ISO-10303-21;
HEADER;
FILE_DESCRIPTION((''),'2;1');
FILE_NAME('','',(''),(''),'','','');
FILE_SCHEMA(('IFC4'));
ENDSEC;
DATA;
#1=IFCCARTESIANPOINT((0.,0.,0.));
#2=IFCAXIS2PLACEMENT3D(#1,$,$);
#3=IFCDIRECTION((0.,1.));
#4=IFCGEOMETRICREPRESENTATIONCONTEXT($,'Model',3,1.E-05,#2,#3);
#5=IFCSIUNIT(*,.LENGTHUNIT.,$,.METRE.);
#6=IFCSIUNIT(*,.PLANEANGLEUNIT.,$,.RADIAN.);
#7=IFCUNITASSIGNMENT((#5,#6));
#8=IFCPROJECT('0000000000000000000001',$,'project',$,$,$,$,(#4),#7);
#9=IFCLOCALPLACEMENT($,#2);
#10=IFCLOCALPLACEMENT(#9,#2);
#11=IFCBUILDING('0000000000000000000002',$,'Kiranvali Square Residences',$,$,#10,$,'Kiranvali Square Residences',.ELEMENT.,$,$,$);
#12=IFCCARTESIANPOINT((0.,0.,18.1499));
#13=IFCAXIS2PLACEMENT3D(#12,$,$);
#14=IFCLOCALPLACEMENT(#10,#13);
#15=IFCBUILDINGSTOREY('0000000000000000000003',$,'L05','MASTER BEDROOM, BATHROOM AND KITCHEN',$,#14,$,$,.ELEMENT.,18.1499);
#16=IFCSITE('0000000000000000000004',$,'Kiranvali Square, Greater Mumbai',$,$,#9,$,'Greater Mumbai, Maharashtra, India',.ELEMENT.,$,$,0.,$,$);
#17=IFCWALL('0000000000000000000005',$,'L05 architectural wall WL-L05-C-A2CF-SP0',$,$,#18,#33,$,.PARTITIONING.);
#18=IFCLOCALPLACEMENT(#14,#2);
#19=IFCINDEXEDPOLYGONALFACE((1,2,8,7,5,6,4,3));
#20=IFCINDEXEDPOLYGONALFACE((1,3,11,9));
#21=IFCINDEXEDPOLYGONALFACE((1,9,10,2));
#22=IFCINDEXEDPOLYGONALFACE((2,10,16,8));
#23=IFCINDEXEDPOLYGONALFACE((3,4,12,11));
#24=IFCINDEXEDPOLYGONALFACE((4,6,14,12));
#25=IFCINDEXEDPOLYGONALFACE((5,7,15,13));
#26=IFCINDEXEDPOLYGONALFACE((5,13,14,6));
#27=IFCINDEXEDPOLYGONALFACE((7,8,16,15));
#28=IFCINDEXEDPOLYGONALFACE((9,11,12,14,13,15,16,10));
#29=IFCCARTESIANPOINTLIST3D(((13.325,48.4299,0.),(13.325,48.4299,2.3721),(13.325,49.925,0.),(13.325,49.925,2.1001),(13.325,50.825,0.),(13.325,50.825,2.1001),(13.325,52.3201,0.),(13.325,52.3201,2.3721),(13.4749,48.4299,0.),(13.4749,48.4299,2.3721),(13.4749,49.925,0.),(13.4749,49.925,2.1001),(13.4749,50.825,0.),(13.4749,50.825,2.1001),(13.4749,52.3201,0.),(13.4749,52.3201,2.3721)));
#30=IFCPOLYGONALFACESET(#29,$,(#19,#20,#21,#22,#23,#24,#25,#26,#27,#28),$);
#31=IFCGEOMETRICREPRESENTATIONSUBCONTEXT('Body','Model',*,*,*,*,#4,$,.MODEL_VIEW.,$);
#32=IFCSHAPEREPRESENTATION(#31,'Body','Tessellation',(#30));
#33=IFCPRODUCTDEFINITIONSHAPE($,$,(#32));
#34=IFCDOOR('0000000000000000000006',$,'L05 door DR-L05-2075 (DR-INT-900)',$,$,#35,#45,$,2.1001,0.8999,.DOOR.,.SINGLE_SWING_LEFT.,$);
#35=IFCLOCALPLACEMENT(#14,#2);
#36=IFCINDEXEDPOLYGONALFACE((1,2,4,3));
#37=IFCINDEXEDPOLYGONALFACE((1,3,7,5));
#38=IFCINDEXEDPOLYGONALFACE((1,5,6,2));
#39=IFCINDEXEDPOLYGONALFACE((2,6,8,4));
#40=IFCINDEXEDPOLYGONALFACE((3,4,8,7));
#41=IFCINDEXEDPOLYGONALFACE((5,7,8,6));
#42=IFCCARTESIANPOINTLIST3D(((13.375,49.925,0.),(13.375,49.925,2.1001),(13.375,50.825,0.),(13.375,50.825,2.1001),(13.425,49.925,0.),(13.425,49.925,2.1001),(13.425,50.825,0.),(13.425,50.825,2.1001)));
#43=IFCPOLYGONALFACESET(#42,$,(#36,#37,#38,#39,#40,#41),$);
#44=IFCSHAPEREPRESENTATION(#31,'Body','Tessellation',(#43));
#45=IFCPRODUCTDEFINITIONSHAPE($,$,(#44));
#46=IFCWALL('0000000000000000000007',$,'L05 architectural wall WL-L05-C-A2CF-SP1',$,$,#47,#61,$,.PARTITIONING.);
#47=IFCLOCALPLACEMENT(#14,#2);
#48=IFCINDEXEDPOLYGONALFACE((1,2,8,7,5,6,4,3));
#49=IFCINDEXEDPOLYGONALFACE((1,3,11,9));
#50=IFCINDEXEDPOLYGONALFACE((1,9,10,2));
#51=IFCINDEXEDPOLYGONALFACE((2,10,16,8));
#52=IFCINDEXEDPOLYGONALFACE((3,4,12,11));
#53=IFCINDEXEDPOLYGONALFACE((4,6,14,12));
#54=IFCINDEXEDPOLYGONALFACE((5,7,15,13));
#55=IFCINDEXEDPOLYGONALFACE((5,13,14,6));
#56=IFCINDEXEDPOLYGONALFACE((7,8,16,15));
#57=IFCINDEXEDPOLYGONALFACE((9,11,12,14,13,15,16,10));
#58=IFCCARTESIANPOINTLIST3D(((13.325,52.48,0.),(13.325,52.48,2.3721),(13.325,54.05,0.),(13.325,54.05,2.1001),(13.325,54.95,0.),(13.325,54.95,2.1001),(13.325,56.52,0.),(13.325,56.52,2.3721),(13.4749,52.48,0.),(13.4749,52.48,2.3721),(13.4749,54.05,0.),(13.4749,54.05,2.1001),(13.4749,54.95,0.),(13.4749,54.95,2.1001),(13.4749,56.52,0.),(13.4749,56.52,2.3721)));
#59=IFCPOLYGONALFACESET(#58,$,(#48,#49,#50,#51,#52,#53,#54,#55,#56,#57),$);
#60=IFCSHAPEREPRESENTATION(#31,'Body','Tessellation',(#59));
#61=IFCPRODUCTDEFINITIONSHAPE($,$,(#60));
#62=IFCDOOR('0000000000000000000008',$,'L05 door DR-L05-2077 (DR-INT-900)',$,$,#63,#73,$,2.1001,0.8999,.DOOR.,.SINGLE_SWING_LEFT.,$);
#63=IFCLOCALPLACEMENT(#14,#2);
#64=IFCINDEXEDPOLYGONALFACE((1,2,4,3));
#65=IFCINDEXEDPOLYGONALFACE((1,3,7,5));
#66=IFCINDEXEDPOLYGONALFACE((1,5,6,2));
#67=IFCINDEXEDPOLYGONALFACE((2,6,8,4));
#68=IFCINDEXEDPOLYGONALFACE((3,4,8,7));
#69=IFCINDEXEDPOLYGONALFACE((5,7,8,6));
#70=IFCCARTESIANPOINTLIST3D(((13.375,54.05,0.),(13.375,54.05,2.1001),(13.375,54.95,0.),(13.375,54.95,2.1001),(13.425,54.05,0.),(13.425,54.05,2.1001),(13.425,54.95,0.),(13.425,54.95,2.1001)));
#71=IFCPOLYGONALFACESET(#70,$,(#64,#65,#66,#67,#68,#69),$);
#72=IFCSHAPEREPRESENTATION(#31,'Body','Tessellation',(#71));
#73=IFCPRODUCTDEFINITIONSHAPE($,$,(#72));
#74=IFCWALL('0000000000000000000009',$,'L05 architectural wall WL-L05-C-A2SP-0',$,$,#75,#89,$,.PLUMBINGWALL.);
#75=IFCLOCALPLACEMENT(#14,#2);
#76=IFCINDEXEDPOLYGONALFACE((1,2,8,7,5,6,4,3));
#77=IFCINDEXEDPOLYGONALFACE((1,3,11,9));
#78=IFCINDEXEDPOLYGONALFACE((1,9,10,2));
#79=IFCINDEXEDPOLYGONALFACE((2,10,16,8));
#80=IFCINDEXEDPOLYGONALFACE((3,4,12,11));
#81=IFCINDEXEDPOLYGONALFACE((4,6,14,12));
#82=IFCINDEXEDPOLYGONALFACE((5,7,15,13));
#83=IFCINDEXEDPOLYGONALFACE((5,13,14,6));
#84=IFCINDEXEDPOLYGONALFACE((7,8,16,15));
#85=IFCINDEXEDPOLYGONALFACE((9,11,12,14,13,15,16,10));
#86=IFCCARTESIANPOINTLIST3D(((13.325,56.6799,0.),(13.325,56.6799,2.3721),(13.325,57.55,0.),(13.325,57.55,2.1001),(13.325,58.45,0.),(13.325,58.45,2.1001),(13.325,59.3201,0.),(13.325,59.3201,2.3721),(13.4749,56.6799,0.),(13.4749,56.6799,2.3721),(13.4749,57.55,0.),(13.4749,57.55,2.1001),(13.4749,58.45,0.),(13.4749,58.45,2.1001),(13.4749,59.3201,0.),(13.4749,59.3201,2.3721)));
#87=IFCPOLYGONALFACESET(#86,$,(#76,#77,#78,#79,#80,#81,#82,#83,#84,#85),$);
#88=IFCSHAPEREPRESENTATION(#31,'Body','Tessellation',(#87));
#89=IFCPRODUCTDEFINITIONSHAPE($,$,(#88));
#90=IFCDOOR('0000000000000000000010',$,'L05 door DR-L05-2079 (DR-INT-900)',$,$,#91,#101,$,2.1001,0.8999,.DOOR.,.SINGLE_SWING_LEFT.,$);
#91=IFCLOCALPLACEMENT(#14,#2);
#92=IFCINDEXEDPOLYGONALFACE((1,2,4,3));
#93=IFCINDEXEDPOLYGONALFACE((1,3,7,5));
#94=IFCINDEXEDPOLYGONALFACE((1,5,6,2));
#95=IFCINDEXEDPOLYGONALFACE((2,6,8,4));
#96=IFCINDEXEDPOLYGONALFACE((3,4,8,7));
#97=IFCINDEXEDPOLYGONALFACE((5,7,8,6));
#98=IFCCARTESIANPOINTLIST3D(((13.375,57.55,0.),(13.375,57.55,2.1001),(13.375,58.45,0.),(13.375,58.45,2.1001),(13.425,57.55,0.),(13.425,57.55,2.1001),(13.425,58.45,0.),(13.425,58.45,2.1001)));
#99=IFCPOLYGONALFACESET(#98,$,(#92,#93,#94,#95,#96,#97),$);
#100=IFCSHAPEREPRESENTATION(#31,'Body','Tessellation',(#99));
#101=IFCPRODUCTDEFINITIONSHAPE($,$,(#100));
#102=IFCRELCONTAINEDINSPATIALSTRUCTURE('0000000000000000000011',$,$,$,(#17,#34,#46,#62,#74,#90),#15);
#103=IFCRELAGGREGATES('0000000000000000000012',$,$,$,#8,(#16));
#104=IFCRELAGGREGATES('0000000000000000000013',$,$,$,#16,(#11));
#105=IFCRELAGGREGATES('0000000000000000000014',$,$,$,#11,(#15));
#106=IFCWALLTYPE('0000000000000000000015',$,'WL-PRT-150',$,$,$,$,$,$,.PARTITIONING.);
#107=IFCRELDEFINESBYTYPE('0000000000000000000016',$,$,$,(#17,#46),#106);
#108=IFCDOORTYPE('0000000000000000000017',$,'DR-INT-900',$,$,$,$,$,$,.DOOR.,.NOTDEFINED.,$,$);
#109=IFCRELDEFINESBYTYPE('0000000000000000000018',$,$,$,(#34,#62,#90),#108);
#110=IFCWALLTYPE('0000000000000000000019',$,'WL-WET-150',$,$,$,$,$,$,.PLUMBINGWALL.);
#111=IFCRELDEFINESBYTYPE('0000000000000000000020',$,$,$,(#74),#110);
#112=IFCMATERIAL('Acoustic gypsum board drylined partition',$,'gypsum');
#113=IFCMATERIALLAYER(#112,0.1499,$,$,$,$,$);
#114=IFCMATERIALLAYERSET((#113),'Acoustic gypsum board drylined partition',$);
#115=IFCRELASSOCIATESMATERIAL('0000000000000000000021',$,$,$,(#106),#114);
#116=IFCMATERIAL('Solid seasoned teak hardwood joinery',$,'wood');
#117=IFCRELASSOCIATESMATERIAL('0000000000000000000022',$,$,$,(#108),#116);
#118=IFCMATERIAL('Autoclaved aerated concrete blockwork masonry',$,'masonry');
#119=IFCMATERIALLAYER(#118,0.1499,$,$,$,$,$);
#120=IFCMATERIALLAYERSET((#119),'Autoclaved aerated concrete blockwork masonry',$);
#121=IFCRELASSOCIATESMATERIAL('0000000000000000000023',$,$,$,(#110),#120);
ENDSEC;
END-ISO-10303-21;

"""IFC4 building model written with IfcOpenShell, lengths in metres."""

from ifc_helpers import new_model, si_unit, direction, frame, frame_2d, origin, place, context, subcontext, project, spatial, rectangle, extrude, material, layer, layer_set, type_object, element, fill, save


model = new_model("IFC4")

# Units and contexts
model_context = context("Model", 3, precision=1e-05, world=origin(), true_north=direction((0.0, 1.0)))
body_context = subcontext(model_context, "Body", "Model", "MODEL_VIEW")
ifc_project = project(units=[si_unit("LENGTHUNIT", "METRE"), si_unit("PLANEANGLEUNIT", "RADIAN")], contexts=[model_context])

# Site, building, storey
site_placement = place(None, origin())
site = spatial("IfcSite", under=ifc_project, at=site_placement, Name="Kiranvali Square, Greater Mumbai", LongName="Greater Mumbai, Maharashtra, India", CompositionType="ELEMENT", RefElevation=0.0)
building_placement = place(site_placement, origin())
building = spatial("IfcBuilding", under=site, at=building_placement, Name="Kiranvali Square Residences", LongName="Kiranvali Square Residences", CompositionType="ELEMENT")
storey_placement = place(building_placement, frame((0.0, 0.0, 18.1499)))
storey = spatial("IfcBuildingStorey", under=building, at=storey_placement, Name="L05", Description="MASTER BEDROOM, BATHROOM AND KITCHEN", CompositionType="ELEMENT", Elevation=18.1499)

# Walls, openings, doors
ifc_material_1 = material(Name="Acoustic gypsum board drylined partition", Category="gypsum")
ifc_layer_1 = layer(ifc_material_1, 0.1499)
ifc_layer_set_1 = layer_set([ifc_layer_1], Name="Acoustic gypsum board drylined partition")
wall_type_1 = type_object("IfcWallType", Name="WL-PRT-150", PredefinedType="PARTITIONING", material=ifc_layer_set_1)
wall_1_placement = place(storey_placement, frame((13.3999, 48.4299, 0.0), z_axis=(0.0, 0.0, 1.0), x_axis=(0.0, 1.0, 0.0)))
wall_1 = element("IfcWall", 1, at=wall_1_placement, inside=storey, type_object=wall_type_1, Name="L05 architectural wall WL-L05-C-A2CF-SP0", PredefinedType="PARTITIONING", context=body_context, shape_type="SweptSolid", body=[
    extrude(rectangle(XDim=3.8901, YDim=0.1499, at=frame_2d((1.9451, 0.0))), origin(), (0.0, 0.0, 1.0), 2.3721),
])
opening_1_placement = place(wall_1_placement, frame((1.4951, 0.0, 0.0)))
opening_1 = element("IfcOpeningElement", 2, at=opening_1_placement, cuts=wall_1, PredefinedType="OPENING", context=body_context, shape_type="SweptSolid", body=[
    extrude(rectangle(XDim=0.8999, YDim=2.1001, at=frame_2d((0.45, 1.05))), frame((0.0, 0.085, 0.0), z_axis=(0.0, -1.0, 0.0), x_axis=(1.0, 0.0, 0.0)), (0.0, 0.0, 1.0), 0.1699),
])
ifc_material_2 = material(Name="Solid seasoned teak hardwood joinery", Category="wood")
door_type = type_object("IfcDoorType", Name="DR-INT-900", OperationType="NOTDEFINED", PredefinedType="DOOR", material=ifc_material_2)
door_1_placement = place(opening_1_placement, origin())
door_1 = element("IfcDoor", 3, at=door_1_placement, inside=storey, type_object=door_type, Name="L05 door DR-L05-2075 (DR-INT-900)", OperationType="SINGLE_SWING_LEFT", OverallHeight=2.1001, OverallWidth=0.8999, PredefinedType="DOOR", context=body_context, shape_type="SweptSolid", body=[
    extrude(rectangle(XDim=0.8999, YDim=2.1001, at=frame_2d((0.45, 1.05))), frame((0.0, 0.0249, 0.0), z_axis=(0.0, -1.0, 0.0), x_axis=(1.0, 0.0, 0.0)), (0.0, 0.0, 1.0), 0.05),
])
fill(opening_1, door_1)
wall_2_placement = place(storey_placement, frame((13.3999, 52.48, 0.0), z_axis=(0.0, 0.0, 1.0), x_axis=(0.0, 1.0, 0.0)))
wall_2 = element("IfcWall", 4, at=wall_2_placement, inside=storey, type_object=wall_type_1, Name="L05 architectural wall WL-L05-C-A2CF-SP1", PredefinedType="PARTITIONING", context=body_context, shape_type="SweptSolid", body=[
    extrude(rectangle(XDim=4.04, YDim=0.1499, at=frame_2d((2.02, 0.0))), origin(), (0.0, 0.0, 1.0), 2.3721),
])
opening_2_placement = place(wall_2_placement, frame((1.5701, 0.0, 0.0)))
opening_2 = element("IfcOpeningElement", 5, at=opening_2_placement, cuts=wall_2, PredefinedType="OPENING", context=body_context, shape_type="SweptSolid", body=[
    extrude(rectangle(XDim=0.8999, YDim=2.1001, at=frame_2d((0.45, 1.05))), frame((0.0, 0.085, 0.0), z_axis=(0.0, -1.0, 0.0), x_axis=(1.0, 0.0, 0.0)), (0.0, 0.0, 1.0), 0.1699),
])
door_2_placement = place(opening_2_placement, origin())
door_2 = element("IfcDoor", 6, at=door_2_placement, inside=storey, type_object=door_type, Name="L05 door DR-L05-2077 (DR-INT-900)", OperationType="SINGLE_SWING_LEFT", OverallHeight=2.1001, OverallWidth=0.8999, PredefinedType="DOOR", context=body_context, shape_type="SweptSolid", body=[
    extrude(rectangle(XDim=0.8999, YDim=2.1001, at=frame_2d((0.45, 1.05))), frame((0.0, 0.0249, 0.0), z_axis=(0.0, -1.0, 0.0), x_axis=(1.0, 0.0, 0.0)), (0.0, 0.0, 1.0), 0.05),
])
fill(opening_2, door_2)
ifc_material_3 = material(Name="Autoclaved aerated concrete blockwork masonry", Category="masonry")
ifc_layer_2 = layer(ifc_material_3, 0.1499)
ifc_layer_set_2 = layer_set([ifc_layer_2], Name="Autoclaved aerated concrete blockwork masonry")
wall_type_2 = type_object("IfcWallType", Name="WL-WET-150", PredefinedType="PLUMBINGWALL", material=ifc_layer_set_2)
wall_3_placement = place(storey_placement, frame((13.3999, 56.6799, 0.0), z_axis=(0.0, 0.0, 1.0), x_axis=(0.0, 1.0, 0.0)))
wall_3 = element("IfcWall", 7, at=wall_3_placement, inside=storey, type_object=wall_type_2, Name="L05 architectural wall WL-L05-C-A2SP-0", PredefinedType="PLUMBINGWALL", context=body_context, shape_type="SweptSolid", body=[
    extrude(rectangle(XDim=2.6401, YDim=0.1499, at=frame_2d((1.3201, 0.0))), origin(), (0.0, 0.0, 1.0), 2.3721),
])
opening_3_placement = place(wall_3_placement, frame((0.8701, 0.0, 0.0)))
opening_3 = element("IfcOpeningElement", 8, at=opening_3_placement, cuts=wall_3, PredefinedType="OPENING", context=body_context, shape_type="SweptSolid", body=[
    extrude(rectangle(XDim=0.8999, YDim=2.1001, at=frame_2d((0.45, 1.05))), frame((0.0, 0.085, 0.0), z_axis=(0.0, -1.0, 0.0), x_axis=(1.0, 0.0, 0.0)), (0.0, 0.0, 1.0), 0.1699),
])
door_3_placement = place(opening_3_placement, origin())
door_3 = element("IfcDoor", 9, at=door_3_placement, inside=storey, type_object=door_type, Name="L05 door DR-L05-2079 (DR-INT-900)", OperationType="SINGLE_SWING_LEFT", OverallHeight=2.1001, OverallWidth=0.8999, PredefinedType="DOOR", context=body_context, shape_type="SweptSolid", body=[
    extrude(rectangle(XDim=0.8999, YDim=2.1001, at=frame_2d((0.45, 1.05))), frame((0.0, 0.0249, 0.0), z_axis=(0.0, -1.0, 0.0), x_axis=(1.0, 0.0, 0.0)), (0.0, 0.0, 1.0), 0.05),
])
fill(opening_3, door_3)

save(model, "model.ifc")
